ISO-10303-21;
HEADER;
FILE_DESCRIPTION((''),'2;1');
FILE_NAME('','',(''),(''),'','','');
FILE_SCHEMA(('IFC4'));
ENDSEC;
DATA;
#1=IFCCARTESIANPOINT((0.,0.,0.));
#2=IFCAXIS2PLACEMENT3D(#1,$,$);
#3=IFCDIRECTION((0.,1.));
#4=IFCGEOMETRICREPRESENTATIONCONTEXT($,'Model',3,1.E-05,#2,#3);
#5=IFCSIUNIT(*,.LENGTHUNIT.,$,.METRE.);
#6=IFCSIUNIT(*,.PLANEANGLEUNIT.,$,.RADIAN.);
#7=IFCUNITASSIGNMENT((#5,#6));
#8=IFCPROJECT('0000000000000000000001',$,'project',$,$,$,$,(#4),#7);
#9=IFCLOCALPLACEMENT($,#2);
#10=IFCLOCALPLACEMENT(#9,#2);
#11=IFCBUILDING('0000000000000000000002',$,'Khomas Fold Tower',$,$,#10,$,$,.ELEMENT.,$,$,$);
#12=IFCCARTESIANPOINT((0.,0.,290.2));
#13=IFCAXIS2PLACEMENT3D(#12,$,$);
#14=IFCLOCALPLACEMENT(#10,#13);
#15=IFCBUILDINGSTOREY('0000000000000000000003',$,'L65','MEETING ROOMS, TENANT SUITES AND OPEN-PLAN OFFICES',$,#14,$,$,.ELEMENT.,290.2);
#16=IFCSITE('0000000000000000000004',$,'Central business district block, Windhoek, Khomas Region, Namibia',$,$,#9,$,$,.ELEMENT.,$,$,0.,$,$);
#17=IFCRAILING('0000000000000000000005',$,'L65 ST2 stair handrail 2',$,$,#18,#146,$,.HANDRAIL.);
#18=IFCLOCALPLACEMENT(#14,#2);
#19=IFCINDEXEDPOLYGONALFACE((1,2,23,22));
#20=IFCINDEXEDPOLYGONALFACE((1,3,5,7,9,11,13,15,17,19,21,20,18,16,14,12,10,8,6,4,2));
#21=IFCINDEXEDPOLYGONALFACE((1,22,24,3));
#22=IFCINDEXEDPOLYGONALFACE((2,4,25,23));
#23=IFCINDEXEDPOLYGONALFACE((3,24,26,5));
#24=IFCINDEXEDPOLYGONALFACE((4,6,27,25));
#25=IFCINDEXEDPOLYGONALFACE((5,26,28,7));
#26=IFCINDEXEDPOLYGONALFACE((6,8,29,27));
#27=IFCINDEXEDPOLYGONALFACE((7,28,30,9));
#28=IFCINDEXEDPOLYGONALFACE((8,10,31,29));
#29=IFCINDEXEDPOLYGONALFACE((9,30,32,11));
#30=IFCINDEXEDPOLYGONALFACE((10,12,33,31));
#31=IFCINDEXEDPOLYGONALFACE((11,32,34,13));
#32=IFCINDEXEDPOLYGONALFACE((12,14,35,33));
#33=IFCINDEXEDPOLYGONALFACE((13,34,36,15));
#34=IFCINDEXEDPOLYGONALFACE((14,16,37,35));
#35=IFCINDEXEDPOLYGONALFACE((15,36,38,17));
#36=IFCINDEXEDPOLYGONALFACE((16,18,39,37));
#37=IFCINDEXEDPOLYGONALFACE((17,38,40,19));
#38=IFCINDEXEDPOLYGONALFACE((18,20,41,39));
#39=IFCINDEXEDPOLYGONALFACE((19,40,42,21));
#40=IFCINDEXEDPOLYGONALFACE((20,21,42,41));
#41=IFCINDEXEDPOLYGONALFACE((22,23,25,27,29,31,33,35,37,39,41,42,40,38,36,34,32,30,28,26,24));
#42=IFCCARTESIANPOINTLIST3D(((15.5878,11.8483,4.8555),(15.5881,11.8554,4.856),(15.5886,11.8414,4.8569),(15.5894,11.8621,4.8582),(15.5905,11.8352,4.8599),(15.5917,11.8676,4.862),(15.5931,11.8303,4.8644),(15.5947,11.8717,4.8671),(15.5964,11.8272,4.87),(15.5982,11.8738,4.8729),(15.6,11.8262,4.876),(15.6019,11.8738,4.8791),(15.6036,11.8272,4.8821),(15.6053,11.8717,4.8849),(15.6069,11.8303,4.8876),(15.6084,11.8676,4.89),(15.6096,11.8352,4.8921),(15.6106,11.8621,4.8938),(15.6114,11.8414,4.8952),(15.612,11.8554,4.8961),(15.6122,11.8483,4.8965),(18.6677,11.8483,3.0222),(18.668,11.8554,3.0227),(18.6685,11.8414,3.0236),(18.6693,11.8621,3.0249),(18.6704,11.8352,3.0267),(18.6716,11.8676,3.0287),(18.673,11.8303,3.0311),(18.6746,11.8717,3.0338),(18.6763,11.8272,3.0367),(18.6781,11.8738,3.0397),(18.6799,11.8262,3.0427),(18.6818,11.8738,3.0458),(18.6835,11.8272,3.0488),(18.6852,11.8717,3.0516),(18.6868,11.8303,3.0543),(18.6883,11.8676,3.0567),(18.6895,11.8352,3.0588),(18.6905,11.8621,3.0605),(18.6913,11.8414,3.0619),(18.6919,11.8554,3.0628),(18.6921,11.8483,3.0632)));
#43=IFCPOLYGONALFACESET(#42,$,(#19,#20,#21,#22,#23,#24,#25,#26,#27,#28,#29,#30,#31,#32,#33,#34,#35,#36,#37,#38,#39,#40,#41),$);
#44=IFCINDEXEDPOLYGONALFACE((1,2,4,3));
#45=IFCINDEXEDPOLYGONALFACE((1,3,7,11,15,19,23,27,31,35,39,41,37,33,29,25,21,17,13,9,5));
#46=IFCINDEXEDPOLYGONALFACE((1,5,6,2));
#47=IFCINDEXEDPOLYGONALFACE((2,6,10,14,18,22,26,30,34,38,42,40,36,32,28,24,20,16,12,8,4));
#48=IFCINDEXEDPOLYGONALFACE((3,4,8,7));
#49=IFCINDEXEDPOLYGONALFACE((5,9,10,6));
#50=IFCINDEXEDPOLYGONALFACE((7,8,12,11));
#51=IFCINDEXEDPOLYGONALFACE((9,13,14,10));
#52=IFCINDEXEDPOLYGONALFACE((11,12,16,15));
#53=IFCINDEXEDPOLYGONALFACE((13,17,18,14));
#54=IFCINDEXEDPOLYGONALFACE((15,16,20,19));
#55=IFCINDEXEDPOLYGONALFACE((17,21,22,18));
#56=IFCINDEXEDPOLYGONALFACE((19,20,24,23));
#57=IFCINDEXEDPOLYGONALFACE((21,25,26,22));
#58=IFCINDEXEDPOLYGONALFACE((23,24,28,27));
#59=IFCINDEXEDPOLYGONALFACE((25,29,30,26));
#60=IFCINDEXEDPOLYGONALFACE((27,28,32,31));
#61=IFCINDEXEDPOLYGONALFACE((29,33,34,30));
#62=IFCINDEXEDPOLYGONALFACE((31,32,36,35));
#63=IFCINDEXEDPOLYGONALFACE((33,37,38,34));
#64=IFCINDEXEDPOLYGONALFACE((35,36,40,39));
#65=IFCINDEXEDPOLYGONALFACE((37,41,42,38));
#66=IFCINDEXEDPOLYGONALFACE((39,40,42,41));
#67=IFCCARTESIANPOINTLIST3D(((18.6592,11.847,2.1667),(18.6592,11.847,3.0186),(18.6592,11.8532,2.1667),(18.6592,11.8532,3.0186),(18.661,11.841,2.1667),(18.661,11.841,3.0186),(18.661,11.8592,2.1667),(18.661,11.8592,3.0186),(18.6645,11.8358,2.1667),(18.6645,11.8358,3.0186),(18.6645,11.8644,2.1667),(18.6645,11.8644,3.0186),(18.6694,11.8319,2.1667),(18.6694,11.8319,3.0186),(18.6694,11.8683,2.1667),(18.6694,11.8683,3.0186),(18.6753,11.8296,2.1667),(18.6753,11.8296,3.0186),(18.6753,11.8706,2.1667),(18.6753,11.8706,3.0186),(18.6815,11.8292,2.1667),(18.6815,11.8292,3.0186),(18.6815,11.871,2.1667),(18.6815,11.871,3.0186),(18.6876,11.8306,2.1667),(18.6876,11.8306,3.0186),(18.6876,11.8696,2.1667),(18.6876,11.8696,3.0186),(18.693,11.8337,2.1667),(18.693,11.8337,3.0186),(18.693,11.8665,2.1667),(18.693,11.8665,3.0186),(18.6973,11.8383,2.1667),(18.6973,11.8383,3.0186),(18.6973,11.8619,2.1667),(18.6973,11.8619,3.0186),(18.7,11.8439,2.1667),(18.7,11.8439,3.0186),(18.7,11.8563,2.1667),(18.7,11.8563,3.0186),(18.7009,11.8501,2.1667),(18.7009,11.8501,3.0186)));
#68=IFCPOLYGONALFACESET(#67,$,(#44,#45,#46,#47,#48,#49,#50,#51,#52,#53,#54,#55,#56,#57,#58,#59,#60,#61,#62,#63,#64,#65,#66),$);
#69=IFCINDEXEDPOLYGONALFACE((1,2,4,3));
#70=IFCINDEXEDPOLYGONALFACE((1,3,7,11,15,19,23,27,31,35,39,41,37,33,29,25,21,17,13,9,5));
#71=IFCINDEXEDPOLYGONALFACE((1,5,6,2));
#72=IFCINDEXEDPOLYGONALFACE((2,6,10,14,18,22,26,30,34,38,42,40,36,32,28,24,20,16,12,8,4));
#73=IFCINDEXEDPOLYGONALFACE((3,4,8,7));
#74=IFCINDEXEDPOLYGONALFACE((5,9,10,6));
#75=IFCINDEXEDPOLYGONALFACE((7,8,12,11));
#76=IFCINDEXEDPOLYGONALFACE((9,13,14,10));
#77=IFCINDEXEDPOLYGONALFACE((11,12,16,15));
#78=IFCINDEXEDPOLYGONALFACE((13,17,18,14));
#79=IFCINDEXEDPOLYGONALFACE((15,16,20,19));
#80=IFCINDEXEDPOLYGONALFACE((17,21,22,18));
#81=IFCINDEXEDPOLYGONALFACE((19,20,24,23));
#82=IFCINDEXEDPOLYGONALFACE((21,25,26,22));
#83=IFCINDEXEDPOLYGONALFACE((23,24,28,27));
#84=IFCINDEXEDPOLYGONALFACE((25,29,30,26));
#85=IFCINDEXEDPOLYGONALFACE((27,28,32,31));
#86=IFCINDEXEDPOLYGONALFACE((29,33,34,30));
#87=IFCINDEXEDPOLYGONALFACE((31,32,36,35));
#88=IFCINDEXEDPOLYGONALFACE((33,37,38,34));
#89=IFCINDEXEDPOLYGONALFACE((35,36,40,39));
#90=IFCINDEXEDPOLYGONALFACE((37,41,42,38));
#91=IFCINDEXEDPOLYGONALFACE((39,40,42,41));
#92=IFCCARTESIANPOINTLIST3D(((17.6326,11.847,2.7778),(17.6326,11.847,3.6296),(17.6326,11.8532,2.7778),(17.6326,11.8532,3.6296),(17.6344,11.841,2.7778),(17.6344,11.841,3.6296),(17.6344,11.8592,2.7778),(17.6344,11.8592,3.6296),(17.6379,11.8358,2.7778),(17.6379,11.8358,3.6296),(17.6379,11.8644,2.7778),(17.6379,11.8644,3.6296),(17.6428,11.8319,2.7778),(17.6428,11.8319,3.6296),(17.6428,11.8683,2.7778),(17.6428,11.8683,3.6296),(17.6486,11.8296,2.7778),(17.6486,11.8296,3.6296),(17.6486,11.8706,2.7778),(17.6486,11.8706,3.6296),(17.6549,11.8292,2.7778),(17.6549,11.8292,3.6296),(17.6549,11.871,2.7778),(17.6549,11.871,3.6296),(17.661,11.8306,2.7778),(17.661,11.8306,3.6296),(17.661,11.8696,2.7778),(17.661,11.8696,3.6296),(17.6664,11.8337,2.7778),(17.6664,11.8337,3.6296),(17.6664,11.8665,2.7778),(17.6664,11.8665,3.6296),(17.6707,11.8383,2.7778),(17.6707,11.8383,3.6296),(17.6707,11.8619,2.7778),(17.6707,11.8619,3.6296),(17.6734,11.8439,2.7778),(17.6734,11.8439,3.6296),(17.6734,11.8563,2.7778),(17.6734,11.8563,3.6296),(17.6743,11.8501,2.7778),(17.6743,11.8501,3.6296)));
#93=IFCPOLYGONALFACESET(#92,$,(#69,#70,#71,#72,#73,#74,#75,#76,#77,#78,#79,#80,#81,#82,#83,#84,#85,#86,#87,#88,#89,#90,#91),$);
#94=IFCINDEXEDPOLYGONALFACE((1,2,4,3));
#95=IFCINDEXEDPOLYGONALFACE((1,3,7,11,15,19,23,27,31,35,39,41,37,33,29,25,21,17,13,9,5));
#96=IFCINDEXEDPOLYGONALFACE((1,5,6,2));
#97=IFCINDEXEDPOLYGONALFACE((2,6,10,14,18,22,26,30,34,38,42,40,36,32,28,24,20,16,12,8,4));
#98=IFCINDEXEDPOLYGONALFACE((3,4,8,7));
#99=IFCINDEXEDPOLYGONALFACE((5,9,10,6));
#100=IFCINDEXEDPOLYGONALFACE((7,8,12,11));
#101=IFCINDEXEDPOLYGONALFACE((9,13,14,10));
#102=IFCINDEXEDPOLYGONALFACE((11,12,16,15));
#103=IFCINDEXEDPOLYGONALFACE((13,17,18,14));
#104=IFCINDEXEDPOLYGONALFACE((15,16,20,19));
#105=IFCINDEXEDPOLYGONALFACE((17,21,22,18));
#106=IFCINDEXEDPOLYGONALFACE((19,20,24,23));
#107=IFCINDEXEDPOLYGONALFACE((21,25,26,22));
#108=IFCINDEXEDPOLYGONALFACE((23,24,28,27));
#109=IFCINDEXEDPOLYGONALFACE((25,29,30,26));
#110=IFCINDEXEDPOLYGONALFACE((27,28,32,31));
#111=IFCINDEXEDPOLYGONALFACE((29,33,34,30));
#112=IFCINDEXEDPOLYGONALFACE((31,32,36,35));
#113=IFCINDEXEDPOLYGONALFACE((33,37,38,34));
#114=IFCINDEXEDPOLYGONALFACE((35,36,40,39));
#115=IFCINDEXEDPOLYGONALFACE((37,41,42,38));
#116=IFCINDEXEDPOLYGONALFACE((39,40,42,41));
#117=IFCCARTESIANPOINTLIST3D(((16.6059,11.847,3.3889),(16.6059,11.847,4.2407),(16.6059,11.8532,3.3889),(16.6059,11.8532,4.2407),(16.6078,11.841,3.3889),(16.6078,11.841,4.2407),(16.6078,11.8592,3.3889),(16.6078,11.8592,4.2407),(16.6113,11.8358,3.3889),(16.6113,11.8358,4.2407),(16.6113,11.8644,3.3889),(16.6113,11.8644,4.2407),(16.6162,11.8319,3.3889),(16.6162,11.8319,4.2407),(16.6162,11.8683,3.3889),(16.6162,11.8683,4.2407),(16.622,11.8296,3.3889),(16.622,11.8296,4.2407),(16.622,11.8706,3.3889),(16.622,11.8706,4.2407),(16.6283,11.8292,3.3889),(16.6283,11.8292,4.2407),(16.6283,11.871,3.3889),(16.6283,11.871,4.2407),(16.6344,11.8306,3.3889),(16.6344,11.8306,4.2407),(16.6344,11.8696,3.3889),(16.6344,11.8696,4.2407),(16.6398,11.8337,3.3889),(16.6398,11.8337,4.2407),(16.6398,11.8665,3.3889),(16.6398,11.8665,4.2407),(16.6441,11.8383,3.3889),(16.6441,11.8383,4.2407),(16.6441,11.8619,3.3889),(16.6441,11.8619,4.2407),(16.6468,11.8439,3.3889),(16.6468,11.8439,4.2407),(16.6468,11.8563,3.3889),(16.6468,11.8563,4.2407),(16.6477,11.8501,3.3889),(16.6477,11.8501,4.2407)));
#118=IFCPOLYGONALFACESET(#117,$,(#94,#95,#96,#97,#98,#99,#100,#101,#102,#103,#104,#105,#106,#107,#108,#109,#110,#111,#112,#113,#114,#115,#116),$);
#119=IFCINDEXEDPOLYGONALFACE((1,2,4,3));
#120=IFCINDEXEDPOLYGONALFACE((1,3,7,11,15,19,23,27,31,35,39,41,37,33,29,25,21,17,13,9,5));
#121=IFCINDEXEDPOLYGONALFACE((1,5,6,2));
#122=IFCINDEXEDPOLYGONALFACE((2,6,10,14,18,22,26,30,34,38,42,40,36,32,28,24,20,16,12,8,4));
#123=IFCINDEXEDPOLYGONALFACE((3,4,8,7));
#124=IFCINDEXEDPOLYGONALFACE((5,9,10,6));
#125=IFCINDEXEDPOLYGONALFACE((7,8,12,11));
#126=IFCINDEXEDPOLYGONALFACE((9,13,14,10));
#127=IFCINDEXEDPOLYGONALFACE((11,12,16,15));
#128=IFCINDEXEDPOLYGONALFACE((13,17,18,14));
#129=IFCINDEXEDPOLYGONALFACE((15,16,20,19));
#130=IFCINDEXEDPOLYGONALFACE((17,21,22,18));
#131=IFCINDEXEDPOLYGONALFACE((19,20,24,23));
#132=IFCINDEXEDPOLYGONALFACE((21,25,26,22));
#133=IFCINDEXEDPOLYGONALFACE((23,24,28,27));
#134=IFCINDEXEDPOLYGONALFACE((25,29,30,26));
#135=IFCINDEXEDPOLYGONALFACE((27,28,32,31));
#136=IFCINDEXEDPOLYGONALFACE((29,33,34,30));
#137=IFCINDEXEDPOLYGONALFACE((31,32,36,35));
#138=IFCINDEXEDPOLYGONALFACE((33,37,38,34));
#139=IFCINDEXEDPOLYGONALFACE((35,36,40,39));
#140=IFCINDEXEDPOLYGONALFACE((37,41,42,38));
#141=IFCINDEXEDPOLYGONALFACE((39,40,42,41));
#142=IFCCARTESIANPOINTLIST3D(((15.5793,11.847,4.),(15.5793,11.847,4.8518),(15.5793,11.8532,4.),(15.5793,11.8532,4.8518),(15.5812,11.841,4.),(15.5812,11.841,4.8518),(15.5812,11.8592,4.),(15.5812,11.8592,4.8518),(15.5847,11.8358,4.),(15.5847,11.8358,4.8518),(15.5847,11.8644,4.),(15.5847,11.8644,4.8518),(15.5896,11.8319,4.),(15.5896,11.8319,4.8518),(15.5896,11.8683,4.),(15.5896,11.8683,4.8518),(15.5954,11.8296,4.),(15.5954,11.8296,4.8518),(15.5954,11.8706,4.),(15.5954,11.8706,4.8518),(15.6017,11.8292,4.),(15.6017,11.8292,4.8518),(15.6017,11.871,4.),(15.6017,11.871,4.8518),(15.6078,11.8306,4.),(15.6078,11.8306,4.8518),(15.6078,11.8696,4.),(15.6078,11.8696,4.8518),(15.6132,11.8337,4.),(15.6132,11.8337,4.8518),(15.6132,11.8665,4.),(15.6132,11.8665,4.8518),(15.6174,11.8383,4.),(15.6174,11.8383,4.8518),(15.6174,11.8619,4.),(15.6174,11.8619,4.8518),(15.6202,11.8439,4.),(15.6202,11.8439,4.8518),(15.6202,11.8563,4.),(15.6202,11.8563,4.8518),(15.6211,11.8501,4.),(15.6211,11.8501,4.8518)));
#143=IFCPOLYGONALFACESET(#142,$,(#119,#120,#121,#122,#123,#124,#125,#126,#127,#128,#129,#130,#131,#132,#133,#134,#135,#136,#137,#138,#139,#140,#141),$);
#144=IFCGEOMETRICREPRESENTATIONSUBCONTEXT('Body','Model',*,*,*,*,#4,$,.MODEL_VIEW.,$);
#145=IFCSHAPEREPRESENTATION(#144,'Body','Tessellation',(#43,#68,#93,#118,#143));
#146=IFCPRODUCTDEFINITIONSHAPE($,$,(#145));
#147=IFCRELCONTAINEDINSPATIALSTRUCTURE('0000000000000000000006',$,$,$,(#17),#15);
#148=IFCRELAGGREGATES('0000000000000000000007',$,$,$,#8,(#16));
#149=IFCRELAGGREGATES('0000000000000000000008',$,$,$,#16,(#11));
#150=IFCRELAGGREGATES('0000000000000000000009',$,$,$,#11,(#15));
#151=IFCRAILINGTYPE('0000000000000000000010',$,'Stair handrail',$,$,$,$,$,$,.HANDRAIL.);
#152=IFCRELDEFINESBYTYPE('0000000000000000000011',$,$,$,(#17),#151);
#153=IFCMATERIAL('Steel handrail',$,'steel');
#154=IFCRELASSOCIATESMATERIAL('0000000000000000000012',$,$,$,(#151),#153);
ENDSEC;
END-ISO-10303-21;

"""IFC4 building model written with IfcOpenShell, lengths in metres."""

from ifc_helpers import new_model, si_unit, direction, frame, origin, origin_2d, place, context, subcontext, project, spatial, circle, extrude, source, transform, mapped, material, type_object, element, save


model = new_model("IFC4")

# Units and contexts
model_context = context("Model", 3, precision=1e-05, world=origin(), true_north=direction((0.0, 1.0)))
body_context = subcontext(model_context, "Body", "Model", "MODEL_VIEW")
ifc_project = project(units=[si_unit("LENGTHUNIT", "METRE"), si_unit("PLANEANGLEUNIT", "RADIAN")], contexts=[model_context])

# Site, building, storey
site_placement = place(None, origin())
site = spatial("IfcSite", under=ifc_project, at=site_placement, Name="Central business district block, Windhoek, Khomas Region, Namibia", CompositionType="ELEMENT", RefElevation=0.0)
building_placement = place(site_placement, origin())
building = spatial("IfcBuilding", under=site, at=building_placement, Name="Khomas Fold Tower", CompositionType="ELEMENT")
storey_placement = place(building_placement, frame((0.0, 0.0, 290.2)))
storey = spatial("IfcBuildingStorey", under=building, at=storey_placement, Name="L65", Description="MEETING ROOMS, TENANT SUITES AND OPEN-PLAN OFFICES", CompositionType="ELEMENT", Elevation=290.2)

# Railing
ifc_material_1 = material(Name="Steel handrail", Category="steel")
railing_type_1 = type_object("IfcRailingType", Name="Stair handrail", PredefinedType="HANDRAIL", material=ifc_material_1)
shared_shape_1 = source(origin(), body_context, "Body", "SweptSolid", [
    extrude(circle(Radius=0.0239, at=origin_2d()), frame((0.0, 0.0, 0.876), z_axis=(-0.859291, 0.0, 0.511487), x_axis=(0.0, -1.0, 0.0)), (0.0, 0.0, 1.0), 3.5842),
    extrude(circle(Radius=0.021, at=origin_2d()), origin(), (0.0, 0.0, 1.0), 0.8518),
    extrude(circle(Radius=0.021, at=origin_2d()), frame((-1.0266, 0.0, 0.6111)), (0.0, 0.0, 1.0), 0.8518),
    extrude(circle(Radius=0.021, at=origin_2d()), frame((-2.0532, 0.0, 1.2222)), (0.0, 0.0, 1.0), 0.8518),
    extrude(circle(Radius=0.021, at=origin_2d()), frame((-3.0798, 0.0, 1.8333)), (0.0, 0.0, 1.0), 0.8518),
])
railing_1_placement = place(storey_placement, frame((18.6799, 11.8501, 2.1667)))
element("IfcRailing", 1, at=railing_1_placement, inside=storey, type_object=railing_type_1, Name="L65 ST2 stair handrail 2", PredefinedType="HANDRAIL", context=body_context, shape_type="MappedRepresentation", body=[
    mapped(shared_shape_1, transform((0.0, 0.0, 0.0))),
])

save(model, "model.ifc")
